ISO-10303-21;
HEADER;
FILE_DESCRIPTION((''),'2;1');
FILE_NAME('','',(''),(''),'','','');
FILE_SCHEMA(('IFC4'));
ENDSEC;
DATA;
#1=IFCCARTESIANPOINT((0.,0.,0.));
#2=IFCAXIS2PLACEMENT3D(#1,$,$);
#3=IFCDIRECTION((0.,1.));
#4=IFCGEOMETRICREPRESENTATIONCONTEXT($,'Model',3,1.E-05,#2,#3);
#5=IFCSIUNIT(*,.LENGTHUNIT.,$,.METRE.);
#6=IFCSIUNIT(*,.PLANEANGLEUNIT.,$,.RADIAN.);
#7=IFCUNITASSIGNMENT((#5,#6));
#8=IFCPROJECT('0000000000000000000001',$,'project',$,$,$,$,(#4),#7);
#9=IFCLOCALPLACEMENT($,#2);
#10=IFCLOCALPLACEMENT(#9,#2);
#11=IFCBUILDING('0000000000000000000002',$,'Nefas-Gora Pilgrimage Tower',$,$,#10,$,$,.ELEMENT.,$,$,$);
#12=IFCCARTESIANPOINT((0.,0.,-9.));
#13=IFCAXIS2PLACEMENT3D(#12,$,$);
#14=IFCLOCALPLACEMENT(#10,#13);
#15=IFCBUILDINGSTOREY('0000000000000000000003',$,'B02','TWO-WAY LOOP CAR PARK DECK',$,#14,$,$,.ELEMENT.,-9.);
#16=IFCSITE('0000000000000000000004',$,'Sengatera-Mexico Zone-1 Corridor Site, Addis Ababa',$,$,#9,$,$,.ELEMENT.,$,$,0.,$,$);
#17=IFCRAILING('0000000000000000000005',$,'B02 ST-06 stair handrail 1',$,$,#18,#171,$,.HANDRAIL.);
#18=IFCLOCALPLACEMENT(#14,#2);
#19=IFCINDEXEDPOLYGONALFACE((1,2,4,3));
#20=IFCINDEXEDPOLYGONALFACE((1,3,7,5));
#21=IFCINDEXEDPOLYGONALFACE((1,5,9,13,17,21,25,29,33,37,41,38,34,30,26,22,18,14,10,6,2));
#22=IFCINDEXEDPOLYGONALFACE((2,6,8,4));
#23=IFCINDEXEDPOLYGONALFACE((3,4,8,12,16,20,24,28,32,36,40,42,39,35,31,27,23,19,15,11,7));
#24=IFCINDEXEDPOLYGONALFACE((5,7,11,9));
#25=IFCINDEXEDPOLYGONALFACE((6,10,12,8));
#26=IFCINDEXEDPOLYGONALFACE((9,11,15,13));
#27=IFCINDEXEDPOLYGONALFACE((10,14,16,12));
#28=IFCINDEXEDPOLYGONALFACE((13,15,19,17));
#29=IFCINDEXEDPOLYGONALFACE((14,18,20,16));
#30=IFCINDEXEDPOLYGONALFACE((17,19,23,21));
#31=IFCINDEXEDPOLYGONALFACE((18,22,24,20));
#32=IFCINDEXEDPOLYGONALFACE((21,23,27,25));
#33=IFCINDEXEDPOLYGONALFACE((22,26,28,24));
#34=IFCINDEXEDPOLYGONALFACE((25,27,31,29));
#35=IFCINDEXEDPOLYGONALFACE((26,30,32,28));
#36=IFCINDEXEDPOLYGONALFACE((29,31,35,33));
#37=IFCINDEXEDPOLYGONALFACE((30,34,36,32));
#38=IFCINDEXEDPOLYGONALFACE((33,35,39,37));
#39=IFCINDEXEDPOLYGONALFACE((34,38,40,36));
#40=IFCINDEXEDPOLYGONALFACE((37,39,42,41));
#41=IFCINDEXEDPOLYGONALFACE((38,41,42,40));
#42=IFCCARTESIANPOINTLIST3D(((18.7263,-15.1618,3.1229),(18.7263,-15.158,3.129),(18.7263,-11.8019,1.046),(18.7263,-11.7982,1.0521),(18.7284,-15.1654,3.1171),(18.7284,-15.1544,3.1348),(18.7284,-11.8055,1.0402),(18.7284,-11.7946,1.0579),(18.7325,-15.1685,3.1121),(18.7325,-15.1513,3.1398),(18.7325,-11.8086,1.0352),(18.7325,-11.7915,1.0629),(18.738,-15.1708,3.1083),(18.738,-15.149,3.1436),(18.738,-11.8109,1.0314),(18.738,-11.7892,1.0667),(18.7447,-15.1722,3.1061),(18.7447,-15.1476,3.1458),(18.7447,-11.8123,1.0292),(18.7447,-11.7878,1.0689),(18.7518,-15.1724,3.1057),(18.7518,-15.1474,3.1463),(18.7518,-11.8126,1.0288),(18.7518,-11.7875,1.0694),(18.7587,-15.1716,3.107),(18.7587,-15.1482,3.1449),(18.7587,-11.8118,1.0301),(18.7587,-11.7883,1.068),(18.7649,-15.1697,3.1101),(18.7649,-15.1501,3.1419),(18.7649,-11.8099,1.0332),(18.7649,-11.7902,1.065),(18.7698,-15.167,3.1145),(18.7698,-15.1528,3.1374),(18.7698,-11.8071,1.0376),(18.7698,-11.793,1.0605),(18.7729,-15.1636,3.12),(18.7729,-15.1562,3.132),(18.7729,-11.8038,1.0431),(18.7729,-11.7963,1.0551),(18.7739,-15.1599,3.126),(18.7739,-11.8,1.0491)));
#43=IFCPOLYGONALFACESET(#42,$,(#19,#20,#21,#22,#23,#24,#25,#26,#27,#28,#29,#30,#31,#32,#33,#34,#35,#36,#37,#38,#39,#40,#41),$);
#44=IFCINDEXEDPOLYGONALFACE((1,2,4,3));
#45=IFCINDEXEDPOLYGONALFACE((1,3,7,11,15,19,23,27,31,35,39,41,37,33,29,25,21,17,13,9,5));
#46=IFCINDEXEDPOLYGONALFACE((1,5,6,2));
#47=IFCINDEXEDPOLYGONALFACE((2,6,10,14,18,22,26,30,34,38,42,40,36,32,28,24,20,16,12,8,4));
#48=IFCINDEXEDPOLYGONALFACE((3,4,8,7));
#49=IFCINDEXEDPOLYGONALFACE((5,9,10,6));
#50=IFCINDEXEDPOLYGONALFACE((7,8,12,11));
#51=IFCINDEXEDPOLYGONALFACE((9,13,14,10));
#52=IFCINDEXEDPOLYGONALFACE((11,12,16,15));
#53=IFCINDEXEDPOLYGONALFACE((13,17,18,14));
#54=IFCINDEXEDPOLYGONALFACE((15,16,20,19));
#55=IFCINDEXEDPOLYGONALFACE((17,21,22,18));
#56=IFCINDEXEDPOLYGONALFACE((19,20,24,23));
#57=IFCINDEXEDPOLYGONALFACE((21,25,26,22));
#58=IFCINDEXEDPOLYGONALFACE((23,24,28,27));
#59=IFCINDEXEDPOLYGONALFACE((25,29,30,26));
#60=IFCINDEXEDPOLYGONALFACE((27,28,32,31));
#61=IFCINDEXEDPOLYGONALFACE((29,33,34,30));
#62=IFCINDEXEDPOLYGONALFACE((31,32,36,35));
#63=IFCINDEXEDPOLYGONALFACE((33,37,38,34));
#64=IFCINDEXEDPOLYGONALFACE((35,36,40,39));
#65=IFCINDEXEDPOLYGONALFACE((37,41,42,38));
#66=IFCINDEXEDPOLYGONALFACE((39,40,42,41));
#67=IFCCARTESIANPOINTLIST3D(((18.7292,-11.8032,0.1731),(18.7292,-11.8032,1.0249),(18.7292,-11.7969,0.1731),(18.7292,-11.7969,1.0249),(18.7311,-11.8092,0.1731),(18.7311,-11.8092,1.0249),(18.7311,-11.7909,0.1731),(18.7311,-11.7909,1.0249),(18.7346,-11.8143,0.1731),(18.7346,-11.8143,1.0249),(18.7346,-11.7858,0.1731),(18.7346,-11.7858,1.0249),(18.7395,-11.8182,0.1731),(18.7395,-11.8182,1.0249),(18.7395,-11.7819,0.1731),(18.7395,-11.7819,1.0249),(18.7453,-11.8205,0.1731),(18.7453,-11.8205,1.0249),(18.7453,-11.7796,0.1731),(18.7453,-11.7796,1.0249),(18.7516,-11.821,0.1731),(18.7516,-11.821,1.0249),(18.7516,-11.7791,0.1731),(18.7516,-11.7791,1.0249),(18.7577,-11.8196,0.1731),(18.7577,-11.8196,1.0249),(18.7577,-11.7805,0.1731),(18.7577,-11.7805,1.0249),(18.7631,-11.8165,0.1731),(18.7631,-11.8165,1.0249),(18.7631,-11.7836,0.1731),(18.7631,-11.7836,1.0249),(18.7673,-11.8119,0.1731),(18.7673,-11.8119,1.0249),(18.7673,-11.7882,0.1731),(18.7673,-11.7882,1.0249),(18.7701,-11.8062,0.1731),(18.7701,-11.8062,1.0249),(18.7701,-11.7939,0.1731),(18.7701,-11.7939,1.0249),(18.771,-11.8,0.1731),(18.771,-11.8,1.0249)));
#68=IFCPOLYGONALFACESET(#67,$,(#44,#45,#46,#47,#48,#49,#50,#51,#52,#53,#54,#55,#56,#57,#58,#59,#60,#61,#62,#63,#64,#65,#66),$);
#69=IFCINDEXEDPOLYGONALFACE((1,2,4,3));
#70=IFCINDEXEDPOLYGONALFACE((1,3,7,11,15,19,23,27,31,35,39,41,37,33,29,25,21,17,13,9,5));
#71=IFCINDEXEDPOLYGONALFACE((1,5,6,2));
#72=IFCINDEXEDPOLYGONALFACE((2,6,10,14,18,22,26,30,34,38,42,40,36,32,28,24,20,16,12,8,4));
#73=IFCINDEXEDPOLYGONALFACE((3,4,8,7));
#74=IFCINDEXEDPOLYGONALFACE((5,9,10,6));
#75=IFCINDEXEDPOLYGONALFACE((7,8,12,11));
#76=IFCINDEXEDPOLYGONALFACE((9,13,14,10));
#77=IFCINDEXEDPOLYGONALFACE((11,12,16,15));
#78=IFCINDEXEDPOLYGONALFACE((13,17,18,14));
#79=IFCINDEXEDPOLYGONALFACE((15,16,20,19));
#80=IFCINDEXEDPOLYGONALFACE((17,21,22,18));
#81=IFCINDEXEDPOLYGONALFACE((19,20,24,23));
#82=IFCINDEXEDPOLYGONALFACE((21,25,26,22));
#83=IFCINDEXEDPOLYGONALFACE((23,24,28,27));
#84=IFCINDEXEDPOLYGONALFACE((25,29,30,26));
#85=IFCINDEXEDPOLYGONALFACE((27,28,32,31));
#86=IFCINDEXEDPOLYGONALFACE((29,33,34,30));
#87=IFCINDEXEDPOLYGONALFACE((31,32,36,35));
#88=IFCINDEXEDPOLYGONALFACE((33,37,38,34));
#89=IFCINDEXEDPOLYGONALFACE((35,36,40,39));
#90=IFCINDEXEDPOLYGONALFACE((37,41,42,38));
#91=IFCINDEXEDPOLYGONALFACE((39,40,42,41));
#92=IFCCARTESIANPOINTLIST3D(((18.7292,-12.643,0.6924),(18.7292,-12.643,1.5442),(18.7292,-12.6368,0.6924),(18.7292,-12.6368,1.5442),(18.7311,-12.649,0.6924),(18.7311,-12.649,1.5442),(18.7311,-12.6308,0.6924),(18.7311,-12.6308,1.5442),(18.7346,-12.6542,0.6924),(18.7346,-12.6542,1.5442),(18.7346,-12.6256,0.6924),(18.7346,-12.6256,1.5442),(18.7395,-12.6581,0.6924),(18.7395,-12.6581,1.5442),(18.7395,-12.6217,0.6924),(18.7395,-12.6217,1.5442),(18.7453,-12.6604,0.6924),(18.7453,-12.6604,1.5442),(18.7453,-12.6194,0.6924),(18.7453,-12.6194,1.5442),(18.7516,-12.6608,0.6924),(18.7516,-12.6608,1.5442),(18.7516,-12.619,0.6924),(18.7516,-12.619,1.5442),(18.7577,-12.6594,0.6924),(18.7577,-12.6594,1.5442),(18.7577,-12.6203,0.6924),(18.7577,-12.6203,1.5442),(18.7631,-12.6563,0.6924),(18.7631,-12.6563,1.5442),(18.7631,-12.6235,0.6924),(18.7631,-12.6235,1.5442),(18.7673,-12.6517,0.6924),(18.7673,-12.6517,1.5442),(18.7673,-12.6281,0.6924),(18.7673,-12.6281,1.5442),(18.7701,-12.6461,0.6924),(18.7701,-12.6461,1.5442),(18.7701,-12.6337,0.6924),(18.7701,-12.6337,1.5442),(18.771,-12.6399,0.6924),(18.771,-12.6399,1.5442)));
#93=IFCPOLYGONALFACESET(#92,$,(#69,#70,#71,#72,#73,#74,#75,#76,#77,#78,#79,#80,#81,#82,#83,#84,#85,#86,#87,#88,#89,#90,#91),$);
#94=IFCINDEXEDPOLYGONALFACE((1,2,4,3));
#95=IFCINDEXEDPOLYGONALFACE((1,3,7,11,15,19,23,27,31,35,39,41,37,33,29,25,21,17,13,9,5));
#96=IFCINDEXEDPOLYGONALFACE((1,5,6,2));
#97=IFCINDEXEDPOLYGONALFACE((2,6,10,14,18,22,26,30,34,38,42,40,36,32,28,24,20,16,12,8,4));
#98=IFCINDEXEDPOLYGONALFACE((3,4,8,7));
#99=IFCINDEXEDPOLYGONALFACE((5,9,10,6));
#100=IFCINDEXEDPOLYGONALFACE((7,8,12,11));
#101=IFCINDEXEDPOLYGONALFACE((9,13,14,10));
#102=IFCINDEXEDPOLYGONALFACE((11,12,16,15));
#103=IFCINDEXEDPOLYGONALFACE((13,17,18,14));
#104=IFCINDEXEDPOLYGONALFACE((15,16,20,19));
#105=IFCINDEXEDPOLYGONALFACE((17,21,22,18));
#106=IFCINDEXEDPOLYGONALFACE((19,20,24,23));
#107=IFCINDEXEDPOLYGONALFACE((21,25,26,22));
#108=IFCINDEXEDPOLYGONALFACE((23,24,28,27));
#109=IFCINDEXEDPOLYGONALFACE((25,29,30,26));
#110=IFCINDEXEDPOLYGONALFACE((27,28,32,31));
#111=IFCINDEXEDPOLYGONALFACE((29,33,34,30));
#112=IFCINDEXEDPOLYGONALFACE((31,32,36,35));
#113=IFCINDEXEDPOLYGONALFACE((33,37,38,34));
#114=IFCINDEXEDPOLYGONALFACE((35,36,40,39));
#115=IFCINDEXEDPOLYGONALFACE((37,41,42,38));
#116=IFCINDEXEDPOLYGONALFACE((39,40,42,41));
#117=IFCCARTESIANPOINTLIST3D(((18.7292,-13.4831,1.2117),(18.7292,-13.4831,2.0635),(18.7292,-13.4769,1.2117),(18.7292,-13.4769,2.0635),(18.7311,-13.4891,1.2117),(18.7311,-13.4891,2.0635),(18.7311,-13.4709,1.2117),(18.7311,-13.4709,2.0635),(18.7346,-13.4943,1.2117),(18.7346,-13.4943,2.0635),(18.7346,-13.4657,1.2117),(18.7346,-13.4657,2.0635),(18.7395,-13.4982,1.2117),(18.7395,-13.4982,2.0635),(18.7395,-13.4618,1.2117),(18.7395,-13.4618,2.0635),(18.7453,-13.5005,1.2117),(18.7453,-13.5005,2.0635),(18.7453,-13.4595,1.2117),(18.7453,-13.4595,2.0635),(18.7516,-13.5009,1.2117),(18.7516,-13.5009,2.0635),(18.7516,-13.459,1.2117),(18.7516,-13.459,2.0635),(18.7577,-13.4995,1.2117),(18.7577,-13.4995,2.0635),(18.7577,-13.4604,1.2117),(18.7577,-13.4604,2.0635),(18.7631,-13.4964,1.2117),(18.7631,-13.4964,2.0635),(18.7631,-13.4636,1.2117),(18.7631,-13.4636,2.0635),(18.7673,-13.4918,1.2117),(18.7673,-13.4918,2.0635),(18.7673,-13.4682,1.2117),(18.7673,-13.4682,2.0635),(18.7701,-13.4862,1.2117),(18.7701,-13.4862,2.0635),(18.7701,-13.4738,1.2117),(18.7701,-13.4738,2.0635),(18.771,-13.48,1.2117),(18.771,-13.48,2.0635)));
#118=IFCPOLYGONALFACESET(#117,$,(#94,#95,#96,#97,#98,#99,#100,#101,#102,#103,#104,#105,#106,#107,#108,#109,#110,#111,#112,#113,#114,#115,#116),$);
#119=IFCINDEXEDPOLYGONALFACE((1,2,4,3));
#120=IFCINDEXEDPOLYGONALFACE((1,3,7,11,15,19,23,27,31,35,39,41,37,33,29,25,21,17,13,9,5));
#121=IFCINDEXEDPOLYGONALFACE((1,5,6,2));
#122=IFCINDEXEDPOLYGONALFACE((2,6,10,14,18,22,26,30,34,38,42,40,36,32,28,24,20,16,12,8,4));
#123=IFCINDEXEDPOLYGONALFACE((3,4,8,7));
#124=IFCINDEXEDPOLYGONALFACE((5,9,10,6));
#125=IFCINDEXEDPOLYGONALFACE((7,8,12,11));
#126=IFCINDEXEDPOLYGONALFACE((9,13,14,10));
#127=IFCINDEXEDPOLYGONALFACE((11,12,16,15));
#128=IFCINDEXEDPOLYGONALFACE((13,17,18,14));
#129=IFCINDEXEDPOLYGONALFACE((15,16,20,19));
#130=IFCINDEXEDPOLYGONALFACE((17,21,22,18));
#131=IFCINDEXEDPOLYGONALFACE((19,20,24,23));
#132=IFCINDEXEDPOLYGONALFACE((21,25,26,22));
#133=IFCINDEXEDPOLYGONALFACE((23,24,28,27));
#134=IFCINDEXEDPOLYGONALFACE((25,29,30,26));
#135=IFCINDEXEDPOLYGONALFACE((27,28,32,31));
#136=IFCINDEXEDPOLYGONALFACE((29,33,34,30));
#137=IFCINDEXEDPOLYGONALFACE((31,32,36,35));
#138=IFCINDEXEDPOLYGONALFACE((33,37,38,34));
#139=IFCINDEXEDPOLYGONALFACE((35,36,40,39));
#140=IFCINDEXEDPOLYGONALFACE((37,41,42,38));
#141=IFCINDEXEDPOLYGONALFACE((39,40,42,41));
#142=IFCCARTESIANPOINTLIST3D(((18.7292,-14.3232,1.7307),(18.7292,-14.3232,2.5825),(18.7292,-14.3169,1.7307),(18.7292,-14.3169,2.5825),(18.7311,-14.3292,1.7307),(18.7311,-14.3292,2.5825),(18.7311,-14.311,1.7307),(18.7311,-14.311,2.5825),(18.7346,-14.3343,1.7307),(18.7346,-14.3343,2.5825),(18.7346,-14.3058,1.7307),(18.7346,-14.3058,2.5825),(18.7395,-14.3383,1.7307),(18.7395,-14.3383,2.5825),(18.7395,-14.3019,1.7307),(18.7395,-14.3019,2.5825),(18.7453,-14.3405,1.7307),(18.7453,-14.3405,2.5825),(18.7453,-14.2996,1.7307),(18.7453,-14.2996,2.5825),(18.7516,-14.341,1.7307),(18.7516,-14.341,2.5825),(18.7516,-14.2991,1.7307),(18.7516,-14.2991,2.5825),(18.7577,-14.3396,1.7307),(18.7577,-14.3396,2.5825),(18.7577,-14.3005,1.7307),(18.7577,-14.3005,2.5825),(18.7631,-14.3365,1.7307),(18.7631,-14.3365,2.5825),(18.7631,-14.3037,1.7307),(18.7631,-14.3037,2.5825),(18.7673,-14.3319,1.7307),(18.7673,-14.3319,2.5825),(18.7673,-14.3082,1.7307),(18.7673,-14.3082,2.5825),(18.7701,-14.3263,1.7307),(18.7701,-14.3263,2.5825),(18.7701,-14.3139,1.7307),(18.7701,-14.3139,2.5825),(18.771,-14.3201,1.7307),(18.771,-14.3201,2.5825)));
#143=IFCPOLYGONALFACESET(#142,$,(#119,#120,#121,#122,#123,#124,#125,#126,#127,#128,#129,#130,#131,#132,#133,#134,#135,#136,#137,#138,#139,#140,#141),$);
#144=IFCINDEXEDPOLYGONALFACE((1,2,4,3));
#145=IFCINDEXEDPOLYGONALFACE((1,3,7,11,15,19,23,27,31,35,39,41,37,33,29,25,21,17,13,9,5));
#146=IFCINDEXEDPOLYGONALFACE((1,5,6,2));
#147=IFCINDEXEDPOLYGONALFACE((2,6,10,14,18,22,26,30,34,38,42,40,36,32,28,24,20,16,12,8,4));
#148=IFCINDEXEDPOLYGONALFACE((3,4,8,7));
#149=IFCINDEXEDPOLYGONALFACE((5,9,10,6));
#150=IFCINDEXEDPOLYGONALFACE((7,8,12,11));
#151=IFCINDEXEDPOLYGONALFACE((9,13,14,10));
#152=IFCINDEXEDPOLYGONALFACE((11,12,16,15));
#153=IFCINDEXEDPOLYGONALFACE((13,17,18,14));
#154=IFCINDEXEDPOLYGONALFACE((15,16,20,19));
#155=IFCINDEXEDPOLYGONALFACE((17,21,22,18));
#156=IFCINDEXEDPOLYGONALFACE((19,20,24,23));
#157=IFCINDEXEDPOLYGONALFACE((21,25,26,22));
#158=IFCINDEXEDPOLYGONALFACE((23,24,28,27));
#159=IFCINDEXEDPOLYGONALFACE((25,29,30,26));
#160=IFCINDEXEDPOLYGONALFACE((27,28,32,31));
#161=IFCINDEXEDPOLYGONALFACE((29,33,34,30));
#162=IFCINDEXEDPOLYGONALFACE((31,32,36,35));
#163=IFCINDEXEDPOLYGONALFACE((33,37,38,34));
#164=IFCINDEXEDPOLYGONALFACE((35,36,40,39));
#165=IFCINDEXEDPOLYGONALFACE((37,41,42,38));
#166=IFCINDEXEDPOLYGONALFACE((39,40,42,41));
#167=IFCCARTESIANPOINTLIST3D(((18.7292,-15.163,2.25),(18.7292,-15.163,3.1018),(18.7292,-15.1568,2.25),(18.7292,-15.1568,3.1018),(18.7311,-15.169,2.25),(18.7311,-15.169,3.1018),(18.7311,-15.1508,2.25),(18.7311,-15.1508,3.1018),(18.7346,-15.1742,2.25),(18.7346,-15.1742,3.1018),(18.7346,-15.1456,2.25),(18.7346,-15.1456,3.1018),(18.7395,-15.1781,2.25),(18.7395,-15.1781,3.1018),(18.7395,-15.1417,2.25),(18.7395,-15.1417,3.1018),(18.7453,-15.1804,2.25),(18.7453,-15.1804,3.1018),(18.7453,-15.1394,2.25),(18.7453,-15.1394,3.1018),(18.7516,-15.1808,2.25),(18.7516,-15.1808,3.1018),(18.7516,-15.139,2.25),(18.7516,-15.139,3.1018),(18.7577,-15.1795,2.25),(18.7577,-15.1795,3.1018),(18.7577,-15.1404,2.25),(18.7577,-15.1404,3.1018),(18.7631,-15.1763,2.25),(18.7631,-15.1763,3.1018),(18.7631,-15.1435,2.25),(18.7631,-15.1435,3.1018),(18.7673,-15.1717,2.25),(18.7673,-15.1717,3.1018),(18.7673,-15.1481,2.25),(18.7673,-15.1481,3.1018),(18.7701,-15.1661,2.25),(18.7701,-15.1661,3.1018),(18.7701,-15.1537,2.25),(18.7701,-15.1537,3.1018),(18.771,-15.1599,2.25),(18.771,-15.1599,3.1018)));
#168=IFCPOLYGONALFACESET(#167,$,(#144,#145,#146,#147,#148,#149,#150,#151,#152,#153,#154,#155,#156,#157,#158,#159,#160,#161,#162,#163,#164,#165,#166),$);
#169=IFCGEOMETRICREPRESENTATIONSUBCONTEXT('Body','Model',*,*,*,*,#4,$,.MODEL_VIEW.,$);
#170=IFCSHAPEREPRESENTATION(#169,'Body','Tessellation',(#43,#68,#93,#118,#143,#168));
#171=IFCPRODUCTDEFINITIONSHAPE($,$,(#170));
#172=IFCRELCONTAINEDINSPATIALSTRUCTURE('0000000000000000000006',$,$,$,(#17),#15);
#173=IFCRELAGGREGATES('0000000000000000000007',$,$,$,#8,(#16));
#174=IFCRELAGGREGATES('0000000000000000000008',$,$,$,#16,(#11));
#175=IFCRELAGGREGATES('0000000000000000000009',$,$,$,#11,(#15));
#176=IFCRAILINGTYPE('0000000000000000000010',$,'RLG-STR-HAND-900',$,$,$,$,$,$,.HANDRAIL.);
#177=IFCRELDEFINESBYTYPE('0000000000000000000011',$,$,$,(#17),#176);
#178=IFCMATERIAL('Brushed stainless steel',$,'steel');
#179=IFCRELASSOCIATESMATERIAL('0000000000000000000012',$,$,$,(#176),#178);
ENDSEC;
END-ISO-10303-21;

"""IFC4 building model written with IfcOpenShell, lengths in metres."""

from ifc_helpers import new_model, si_unit, direction, frame, origin, origin_2d, place, context, subcontext, project, spatial, circle, extrude, material, type_object, element, save


model = new_model("IFC4")

# Units and contexts
model_context = context("Model", 3, precision=1e-05, world=origin(), true_north=direction((0.0, 1.0)))
body_context = subcontext(model_context, "Body", "Model", "MODEL_VIEW")
ifc_project = project(units=[si_unit("LENGTHUNIT", "METRE"), si_unit("PLANEANGLEUNIT", "RADIAN")], contexts=[model_context])

# Site, building, storey
site_placement = place(None, origin())
site = spatial("IfcSite", under=ifc_project, at=site_placement, Name="Sengatera-Mexico Zone-1 Corridor Site, Addis Ababa", CompositionType="ELEMENT", RefElevation=0.0)
building_placement = place(site_placement, origin())
building = spatial("IfcBuilding", under=site, at=building_placement, Name="Nefas-Gora Pilgrimage Tower", CompositionType="ELEMENT")
storey_placement = place(building_placement, frame((0.0, 0.0, -9.0)))
storey = spatial("IfcBuildingStorey", under=building, at=storey_placement, Name="B02", Description="TWO-WAY LOOP CAR PARK DECK", CompositionType="ELEMENT", Elevation=-9.0)

# Railing
ifc_material_1 = material(Name="Brushed stainless steel", Category="steel")
railing_type_1 = type_object("IfcRailingType", Name="RLG-STR-HAND-900", PredefinedType="HANDRAIL", material=ifc_material_1)
railing_1_placement = place(storey_placement, frame((18.75, -11.8, 0.1731)))
element("IfcRailing", 1, at=railing_1_placement, inside=storey, type_object=railing_type_1, Name="B02 ST-06 stair handrail 1", PredefinedType="HANDRAIL", context=body_context, shape_type="SweptSolid", body=[
    extrude(circle(Radius=0.0239, at=origin_2d()), frame((0.0, 0.0, 0.876), z_axis=(0.0, -0.850606, 0.525803), x_axis=(1.0, 0.0, 0.0)), (0.0, 0.0, 1.0), 3.95),
    extrude(circle(Radius=0.021, at=origin_2d()), origin(), (0.0, 0.0, 1.0), 0.8518),
    extrude(circle(Radius=0.021, at=origin_2d()), frame((0.0, -0.8398, 0.5193)), (0.0, 0.0, 1.0), 0.8518),
    extrude(circle(Radius=0.021, at=origin_2d()), frame((0.0, -1.6799, 1.0386)), (0.0, 0.0, 1.0), 0.8518),
    extrude(circle(Radius=0.021, at=origin_2d()), frame((0.0, -2.52, 1.5576)), (0.0, 0.0, 1.0), 0.8518),
    extrude(circle(Radius=0.021, at=origin_2d()), frame((0.0, -3.3599, 2.0769)), (0.0, 0.0, 1.0), 0.8518),
])

save(model, "model.ifc")
